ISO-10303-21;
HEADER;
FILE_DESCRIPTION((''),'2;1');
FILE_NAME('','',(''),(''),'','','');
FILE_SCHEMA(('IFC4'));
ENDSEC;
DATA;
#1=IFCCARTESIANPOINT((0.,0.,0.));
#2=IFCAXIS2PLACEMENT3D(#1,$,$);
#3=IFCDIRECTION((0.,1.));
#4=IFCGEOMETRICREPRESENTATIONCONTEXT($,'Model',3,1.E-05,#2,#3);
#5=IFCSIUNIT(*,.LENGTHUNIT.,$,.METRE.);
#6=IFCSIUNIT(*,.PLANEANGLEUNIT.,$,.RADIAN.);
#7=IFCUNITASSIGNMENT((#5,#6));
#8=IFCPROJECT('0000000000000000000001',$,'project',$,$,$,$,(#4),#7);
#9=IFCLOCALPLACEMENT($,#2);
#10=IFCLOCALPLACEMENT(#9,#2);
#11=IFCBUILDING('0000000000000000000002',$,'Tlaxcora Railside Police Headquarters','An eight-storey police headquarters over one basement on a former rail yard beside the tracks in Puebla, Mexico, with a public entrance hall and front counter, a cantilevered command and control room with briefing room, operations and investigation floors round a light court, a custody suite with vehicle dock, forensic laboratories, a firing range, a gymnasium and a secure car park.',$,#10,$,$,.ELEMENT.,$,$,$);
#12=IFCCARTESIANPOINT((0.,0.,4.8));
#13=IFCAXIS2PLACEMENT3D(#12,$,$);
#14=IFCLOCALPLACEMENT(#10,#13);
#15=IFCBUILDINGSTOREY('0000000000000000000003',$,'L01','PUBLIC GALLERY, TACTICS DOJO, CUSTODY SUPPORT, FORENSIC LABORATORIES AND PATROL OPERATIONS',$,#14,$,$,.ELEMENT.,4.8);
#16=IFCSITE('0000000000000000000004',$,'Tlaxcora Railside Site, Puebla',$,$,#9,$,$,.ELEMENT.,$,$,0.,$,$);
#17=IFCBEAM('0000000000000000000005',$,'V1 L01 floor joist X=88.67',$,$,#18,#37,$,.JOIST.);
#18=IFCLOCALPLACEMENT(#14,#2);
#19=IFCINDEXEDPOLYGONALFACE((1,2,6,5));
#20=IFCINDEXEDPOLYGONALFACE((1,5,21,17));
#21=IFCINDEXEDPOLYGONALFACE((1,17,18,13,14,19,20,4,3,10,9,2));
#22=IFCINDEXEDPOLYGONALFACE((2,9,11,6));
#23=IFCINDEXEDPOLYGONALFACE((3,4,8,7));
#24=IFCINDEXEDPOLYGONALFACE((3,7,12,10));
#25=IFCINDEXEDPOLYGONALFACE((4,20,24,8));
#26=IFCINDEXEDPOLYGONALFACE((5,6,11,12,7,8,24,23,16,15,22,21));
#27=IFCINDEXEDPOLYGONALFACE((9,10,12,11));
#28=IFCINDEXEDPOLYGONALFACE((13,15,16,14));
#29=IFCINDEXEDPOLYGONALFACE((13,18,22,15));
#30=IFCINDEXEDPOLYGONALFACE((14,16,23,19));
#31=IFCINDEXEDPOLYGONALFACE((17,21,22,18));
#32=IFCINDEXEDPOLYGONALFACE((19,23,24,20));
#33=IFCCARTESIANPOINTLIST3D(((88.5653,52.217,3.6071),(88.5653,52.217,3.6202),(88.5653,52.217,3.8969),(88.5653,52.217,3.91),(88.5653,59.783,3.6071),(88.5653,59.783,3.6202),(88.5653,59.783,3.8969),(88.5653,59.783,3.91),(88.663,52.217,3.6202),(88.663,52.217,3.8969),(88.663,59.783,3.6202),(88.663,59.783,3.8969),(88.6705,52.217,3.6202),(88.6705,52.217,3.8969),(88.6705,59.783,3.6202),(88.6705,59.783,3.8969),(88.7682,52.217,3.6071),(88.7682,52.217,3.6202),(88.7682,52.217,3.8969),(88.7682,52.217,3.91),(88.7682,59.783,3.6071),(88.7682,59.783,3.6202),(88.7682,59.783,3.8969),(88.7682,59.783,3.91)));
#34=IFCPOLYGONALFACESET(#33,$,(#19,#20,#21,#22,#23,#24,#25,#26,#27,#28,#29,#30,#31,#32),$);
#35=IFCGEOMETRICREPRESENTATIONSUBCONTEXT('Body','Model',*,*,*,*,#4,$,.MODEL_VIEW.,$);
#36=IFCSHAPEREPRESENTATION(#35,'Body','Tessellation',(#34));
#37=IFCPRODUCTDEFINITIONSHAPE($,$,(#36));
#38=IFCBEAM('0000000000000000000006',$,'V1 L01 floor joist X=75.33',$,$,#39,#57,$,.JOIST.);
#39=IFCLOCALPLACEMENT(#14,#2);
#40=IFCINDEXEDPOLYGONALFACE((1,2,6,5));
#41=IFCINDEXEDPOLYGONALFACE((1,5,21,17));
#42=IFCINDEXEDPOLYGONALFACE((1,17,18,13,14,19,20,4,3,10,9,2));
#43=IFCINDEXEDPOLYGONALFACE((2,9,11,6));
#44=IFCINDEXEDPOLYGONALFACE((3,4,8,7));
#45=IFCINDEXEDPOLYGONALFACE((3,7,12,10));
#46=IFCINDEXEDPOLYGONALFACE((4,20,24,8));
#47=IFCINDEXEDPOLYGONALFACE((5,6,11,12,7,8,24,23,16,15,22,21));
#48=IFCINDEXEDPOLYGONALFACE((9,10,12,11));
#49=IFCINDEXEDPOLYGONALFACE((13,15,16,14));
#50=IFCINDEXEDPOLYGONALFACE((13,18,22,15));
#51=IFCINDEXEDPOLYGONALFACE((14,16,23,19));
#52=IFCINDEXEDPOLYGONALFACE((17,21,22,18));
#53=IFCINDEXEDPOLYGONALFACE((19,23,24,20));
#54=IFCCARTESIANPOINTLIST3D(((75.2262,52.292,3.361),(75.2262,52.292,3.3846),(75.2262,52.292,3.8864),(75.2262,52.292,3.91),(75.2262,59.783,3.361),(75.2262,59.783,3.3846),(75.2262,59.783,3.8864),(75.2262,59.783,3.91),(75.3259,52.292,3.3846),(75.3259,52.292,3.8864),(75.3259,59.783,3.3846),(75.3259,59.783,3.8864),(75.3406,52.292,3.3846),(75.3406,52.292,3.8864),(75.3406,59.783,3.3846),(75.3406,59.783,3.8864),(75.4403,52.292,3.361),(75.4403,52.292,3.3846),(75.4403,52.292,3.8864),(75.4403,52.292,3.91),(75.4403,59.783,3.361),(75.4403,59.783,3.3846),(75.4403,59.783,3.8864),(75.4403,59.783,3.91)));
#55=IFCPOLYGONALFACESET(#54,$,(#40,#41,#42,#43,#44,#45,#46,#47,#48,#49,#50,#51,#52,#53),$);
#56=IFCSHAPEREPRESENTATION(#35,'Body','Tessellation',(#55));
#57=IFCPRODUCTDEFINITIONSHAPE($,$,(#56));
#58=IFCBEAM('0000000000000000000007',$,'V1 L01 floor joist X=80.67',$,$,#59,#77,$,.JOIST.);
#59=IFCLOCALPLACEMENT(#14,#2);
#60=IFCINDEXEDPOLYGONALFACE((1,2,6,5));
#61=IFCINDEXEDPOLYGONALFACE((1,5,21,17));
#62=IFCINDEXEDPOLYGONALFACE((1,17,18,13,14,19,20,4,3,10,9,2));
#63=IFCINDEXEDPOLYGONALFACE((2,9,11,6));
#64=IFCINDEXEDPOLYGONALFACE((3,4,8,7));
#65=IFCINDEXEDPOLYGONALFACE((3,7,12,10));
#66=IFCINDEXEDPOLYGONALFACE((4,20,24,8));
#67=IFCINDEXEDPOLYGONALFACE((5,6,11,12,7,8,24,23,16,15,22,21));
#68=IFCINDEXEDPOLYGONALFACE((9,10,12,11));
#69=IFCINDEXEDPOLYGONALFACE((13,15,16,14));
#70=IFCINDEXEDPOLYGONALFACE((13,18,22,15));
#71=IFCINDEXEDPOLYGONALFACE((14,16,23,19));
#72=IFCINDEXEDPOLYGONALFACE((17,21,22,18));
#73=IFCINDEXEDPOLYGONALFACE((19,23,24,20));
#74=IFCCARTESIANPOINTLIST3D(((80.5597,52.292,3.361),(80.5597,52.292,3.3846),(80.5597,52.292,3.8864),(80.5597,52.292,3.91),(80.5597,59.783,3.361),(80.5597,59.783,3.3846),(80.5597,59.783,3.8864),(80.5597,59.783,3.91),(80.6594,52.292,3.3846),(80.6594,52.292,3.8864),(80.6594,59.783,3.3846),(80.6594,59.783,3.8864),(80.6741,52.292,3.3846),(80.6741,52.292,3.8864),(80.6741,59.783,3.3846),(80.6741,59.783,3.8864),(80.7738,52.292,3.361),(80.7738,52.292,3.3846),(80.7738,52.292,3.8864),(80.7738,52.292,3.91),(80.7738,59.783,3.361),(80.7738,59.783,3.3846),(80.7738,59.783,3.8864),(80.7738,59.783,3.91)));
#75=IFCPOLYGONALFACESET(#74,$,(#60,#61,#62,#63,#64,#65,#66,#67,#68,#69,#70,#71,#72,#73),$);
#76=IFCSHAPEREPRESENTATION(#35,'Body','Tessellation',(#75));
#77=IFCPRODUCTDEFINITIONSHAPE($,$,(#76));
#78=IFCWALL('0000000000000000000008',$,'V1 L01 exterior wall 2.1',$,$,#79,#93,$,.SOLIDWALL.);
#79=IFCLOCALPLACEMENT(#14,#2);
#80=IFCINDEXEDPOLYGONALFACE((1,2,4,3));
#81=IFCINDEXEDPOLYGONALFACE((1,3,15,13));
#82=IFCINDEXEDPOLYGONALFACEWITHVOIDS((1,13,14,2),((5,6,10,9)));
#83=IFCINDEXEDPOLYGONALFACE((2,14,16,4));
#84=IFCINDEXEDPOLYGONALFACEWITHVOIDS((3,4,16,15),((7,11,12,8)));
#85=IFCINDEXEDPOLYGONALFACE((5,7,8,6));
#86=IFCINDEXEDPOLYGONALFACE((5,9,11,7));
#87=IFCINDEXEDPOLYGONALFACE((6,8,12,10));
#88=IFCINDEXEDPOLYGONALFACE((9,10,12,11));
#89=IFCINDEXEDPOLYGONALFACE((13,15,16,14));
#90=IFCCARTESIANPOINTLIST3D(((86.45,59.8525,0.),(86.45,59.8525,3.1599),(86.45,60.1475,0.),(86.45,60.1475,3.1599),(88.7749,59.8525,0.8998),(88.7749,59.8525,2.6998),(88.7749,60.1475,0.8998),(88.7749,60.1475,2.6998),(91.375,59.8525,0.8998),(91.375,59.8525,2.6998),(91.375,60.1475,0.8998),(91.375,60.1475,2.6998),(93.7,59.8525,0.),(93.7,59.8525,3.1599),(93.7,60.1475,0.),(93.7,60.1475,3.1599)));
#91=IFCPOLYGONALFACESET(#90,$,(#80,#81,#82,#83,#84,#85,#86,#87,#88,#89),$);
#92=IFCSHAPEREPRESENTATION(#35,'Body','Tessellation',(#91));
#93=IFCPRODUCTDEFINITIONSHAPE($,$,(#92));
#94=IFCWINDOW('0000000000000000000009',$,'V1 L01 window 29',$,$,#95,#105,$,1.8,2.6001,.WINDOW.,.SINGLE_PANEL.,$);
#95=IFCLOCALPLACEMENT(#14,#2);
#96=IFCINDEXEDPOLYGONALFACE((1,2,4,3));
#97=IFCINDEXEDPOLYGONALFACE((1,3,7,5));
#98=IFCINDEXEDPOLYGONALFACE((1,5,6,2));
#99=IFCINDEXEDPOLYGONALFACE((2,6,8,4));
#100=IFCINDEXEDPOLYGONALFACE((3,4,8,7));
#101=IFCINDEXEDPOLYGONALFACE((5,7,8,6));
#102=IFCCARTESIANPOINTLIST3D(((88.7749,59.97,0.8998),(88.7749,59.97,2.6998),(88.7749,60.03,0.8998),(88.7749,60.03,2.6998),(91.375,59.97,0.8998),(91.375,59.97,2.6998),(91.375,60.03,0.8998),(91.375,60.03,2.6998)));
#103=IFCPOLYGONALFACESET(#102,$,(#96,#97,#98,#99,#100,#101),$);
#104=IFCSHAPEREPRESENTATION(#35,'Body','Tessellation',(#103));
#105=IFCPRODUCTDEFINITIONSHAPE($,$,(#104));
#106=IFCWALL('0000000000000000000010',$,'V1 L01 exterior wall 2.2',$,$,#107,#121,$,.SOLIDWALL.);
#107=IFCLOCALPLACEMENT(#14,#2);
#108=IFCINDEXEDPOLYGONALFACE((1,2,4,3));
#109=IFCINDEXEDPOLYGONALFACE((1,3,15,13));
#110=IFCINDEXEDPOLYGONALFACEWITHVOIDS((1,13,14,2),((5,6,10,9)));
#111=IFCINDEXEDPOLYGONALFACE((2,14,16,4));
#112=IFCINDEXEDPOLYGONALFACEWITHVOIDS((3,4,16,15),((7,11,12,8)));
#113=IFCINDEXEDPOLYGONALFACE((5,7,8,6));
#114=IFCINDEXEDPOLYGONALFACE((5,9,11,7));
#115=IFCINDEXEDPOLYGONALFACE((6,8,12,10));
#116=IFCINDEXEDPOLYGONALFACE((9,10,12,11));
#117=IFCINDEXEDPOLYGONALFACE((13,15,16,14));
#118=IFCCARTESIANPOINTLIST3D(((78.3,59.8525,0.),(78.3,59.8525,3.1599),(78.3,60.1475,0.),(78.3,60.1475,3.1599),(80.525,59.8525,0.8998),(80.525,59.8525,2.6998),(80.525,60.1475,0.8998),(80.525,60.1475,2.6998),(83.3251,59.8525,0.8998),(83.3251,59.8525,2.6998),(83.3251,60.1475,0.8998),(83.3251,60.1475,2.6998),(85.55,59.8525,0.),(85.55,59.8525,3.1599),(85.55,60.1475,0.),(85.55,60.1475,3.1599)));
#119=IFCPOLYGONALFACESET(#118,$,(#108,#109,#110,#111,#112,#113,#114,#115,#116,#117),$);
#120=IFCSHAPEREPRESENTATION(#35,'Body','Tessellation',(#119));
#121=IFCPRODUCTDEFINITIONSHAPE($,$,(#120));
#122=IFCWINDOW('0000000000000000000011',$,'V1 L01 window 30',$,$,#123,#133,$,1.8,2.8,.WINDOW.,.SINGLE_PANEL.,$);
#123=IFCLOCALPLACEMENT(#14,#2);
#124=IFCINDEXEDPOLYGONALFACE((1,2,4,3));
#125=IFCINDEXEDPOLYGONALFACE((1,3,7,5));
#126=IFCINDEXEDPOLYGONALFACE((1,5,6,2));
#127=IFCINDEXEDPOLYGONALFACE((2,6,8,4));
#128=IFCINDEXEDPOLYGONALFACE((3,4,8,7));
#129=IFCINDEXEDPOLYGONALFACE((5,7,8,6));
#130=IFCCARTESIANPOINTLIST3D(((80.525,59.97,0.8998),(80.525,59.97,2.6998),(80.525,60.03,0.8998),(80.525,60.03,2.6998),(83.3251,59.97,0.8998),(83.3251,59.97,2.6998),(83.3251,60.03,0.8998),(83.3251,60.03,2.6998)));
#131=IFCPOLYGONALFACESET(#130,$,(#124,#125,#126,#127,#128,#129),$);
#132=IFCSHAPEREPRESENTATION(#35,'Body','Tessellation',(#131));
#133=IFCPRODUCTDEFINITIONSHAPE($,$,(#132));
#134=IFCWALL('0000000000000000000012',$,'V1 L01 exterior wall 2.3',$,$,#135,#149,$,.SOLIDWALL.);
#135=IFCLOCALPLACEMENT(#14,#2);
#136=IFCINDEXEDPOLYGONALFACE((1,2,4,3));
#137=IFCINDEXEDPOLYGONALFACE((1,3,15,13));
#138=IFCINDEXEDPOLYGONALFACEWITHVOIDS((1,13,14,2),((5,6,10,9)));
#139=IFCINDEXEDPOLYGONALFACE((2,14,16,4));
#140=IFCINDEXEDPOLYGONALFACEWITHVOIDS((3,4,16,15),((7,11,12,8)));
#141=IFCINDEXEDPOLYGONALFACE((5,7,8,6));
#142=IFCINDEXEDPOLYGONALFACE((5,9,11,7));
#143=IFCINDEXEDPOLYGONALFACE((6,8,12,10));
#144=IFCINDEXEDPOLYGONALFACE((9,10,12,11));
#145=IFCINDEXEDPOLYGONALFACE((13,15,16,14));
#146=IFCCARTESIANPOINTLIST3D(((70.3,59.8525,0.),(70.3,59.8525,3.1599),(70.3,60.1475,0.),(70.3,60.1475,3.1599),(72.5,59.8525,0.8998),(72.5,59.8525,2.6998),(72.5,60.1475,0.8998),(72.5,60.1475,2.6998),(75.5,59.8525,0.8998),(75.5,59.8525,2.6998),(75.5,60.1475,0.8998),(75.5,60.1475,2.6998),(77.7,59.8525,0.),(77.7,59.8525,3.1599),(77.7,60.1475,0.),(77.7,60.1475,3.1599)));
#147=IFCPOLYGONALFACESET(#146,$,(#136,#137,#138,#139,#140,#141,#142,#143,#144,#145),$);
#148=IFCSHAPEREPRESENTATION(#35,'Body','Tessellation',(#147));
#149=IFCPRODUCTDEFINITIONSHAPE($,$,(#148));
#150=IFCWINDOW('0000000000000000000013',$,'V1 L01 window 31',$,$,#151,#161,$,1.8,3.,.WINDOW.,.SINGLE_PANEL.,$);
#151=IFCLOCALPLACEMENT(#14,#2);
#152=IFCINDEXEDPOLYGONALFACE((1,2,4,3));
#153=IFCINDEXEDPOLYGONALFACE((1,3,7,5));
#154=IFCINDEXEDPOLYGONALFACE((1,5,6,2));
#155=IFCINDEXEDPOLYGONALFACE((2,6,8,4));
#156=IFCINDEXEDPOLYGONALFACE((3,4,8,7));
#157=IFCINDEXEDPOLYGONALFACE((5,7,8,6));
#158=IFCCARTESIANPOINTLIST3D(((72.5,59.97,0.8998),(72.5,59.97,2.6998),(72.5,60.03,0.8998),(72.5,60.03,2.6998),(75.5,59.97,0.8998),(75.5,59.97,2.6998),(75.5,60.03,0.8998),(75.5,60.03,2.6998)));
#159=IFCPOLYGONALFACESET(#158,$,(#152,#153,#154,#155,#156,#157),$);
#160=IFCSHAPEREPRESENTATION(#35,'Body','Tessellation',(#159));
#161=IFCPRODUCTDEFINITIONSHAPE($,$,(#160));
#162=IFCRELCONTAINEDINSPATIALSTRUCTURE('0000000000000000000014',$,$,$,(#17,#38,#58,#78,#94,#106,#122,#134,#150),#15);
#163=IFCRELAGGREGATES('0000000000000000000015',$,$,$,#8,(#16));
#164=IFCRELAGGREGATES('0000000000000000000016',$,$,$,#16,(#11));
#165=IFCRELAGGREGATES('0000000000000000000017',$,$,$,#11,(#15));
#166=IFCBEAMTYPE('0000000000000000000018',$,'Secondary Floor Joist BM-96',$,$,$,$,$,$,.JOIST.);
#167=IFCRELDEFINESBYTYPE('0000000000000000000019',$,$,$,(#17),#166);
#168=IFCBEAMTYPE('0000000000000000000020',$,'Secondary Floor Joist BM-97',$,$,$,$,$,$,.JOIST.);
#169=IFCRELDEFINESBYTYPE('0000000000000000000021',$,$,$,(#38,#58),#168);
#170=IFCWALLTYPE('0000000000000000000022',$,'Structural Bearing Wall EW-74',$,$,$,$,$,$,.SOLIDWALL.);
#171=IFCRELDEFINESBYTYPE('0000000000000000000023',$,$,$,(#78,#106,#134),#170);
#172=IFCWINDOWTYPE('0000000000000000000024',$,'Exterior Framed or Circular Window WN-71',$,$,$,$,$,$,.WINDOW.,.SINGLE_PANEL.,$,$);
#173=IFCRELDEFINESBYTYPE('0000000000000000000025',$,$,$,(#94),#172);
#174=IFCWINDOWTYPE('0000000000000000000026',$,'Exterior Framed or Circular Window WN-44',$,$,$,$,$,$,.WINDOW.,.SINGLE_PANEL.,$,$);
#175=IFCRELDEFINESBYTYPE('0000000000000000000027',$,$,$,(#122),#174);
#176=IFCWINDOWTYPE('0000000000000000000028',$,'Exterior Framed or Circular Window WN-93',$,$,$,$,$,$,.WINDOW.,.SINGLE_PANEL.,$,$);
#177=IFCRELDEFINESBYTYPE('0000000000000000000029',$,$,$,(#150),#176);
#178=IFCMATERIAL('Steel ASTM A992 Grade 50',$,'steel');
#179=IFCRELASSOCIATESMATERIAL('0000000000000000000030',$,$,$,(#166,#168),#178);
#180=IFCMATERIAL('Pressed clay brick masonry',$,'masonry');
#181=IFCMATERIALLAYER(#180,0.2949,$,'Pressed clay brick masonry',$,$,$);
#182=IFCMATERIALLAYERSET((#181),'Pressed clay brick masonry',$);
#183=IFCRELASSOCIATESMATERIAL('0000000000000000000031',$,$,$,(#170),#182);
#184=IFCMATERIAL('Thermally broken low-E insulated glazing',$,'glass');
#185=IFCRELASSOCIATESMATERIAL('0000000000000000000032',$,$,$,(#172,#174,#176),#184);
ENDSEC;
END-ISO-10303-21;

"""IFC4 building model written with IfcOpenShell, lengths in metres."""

from ifc_helpers import new_model, si_unit, direction, frame, frame_2d, origin, origin_2d, place, context, subcontext, project, spatial, rectangle, i_section, extrude, material, layer, layer_set, material_profile, profile_set, type_object, element, fill, save


model = new_model("IFC4")

# Units and contexts
model_context = context("Model", 3, precision=1e-05, world=origin(), true_north=direction((0.0, 1.0)))
body_context = subcontext(model_context, "Body", "Model", "MODEL_VIEW")
ifc_project = project(units=[si_unit("LENGTHUNIT", "METRE"), si_unit("PLANEANGLEUNIT", "RADIAN")], contexts=[model_context])

# Site, building, storey
site_placement = place(None, origin())
site = spatial("IfcSite", under=ifc_project, at=site_placement, Name="Tlaxcora Railside Site, Puebla", CompositionType="ELEMENT", RefElevation=0.0)
building_placement = place(site_placement, origin())
building = spatial("IfcBuilding", under=site, at=building_placement, Name="Tlaxcora Railside Police Headquarters", Description="An eight-storey police headquarters over one basement on a former rail yard beside the tracks in Puebla, Mexico, with a public entrance hall and front counter, a cantilevered command and control room with briefing room, operations and investigation floors round a light court, a custody suite with vehicle dock, forensic laboratories, a firing range, a gymnasium and a secure car park.", CompositionType="ELEMENT")
storey_placement = place(building_placement, frame((0.0, 0.0, 4.8)))
storey = spatial("IfcBuildingStorey", under=building, at=storey_placement, Name="L01", Description="PUBLIC GALLERY, TACTICS DOJO, CUSTODY SUPPORT, FORENSIC LABORATORIES AND PATROL OPERATIONS", CompositionType="ELEMENT", Elevation=4.8)

# Beams
ifc_material_1 = material(Name="Steel ASTM A992 Grade 50", Category="steel")
ifc_material_profile_1 = material_profile(ifc_material_1, i_section(OverallWidth=0.2029, OverallDepth=0.303, WebThickness=0.0076, FlangeThickness=0.0132, at=origin_2d()), Name="W12X40")
ifc_profile_set_1 = profile_set([ifc_material_profile_1], Name="Steel ASTM A992 Grade 50")
beam_type_1 = type_object("IfcBeamType", Name="Secondary Floor Joist BM-96", PredefinedType="JOIST", material=ifc_profile_set_1)
beam_1_placement = place(storey_placement, frame((88.6667, 52.217, 3.7585), z_axis=(0.0, 1.0, 0.0), x_axis=(-1.0, 0.0, 0.0)))
element("IfcBeam", 1, at=beam_1_placement, inside=storey, type_object=beam_type_1, Name="V1 L01 floor joist X=88.67", PredefinedType="JOIST", context=body_context, shape_type="SweptSolid", body=[
    extrude(i_section(OverallWidth=0.2029, OverallDepth=0.303, WebThickness=0.0076, FlangeThickness=0.0132, at=origin_2d()), origin(), (0.0, 0.0, 1.0), 7.5659),
])
ifc_material_profile_2 = material_profile(ifc_material_1, i_section(OverallWidth=0.2141, OverallDepth=0.5491, WebThickness=0.0146, FlangeThickness=0.0237, at=origin_2d()), Name="W21X93")
ifc_profile_set_2 = profile_set([ifc_material_profile_2], Name="Steel ASTM A992 Grade 50")
beam_type_2 = type_object("IfcBeamType", Name="Secondary Floor Joist BM-97", PredefinedType="JOIST", material=ifc_profile_set_2)
for number, where, z_axis, x_axis, name in (
    (2, (75.3333, 52.292, 3.6355), (0.0, 1.0, 0.0), (-1.0, 0.0, 0.0), "V1 L01 floor joist X=75.33"),
    (3, (80.6667, 52.292, 3.6355), (0.0, 1.0, 0.0), (-1.0, 0.0, 0.0), "V1 L01 floor joist X=80.67"),
):
    element("IfcBeam", number, at=place(storey_placement, frame(where, z_axis=z_axis, x_axis=x_axis)), inside=storey, type_object=beam_type_2, Name=name, PredefinedType="JOIST", context=body_context, shape_type="SweptSolid", body=[
        extrude(i_section(OverallWidth=0.2141, OverallDepth=0.5491, WebThickness=0.0146, FlangeThickness=0.0237, at=origin_2d()), origin(), (0.0, 0.0, 1.0), 7.491),
    ])

# Walls, openings, windows
ifc_material_2 = material(Name="Pressed clay brick masonry", Category="masonry")
ifc_layer_1 = layer(ifc_material_2, 0.2949, Name="Pressed clay brick masonry")
ifc_layer_set_1 = layer_set([ifc_layer_1], Name="Pressed clay brick masonry")
wall_type = type_object("IfcWallType", Name="Structural Bearing Wall EW-74", PredefinedType="SOLIDWALL", material=ifc_layer_set_1)
wall_1_placement = place(storey_placement, frame((93.7, 60.0, 0.0), z_axis=(0.0, 0.0, 1.0), x_axis=(-1.0, 0.0, 0.0)))
wall_1 = element("IfcWall", 4, at=wall_1_placement, inside=storey, type_object=wall_type, Name="V1 L01 exterior wall 2.1", PredefinedType="SOLIDWALL", context=body_context, shape_type="SweptSolid", body=[
    extrude(rectangle(XDim=7.25, YDim=0.2949, at=frame_2d((3.625, 0.0))), origin(), (0.0, 0.0, 1.0), 3.1599),
])
opening_1_placement = place(wall_1_placement, frame((2.325, 0.0, 0.8999)))
opening_1 = element("IfcOpeningElement", 5, at=opening_1_placement, cuts=wall_1, PredefinedType="OPENING", context=body_context, shape_type="SweptSolid", body=[
    extrude(rectangle(XDim=2.6001, YDim=1.8, at=frame_2d((1.3, 0.8999))), frame((0.0, 0.1575, 0.0), z_axis=(0.0, -1.0, 0.0), x_axis=(1.0, 0.0, 0.0)), (0.0, 0.0, 1.0), 0.3149),
])
ifc_material_3 = material(Name="Thermally broken low-E insulated glazing", Category="glass")
window_type_1 = type_object("IfcWindowType", Name="Exterior Framed or Circular Window WN-71", PartitioningType="SINGLE_PANEL", PredefinedType="WINDOW", material=ifc_material_3)
window_1_placement = place(opening_1_placement, origin())
window_1 = element("IfcWindow", 6, at=window_1_placement, inside=storey, type_object=window_type_1, Name="V1 L01 window 29", OverallHeight=1.8, OverallWidth=2.6001, PartitioningType="SINGLE_PANEL", PredefinedType="WINDOW", context=body_context, shape_type="SweptSolid", body=[
    extrude(rectangle(XDim=2.6001, YDim=1.8, at=frame_2d((1.3, 0.8999))), frame((0.0, 0.03, 0.0), z_axis=(0.0, -1.0, 0.0), x_axis=(1.0, 0.0, 0.0)), (0.0, 0.0, 1.0), 0.0601),
])
fill(opening_1, window_1)
wall_2_placement = place(storey_placement, frame((85.55, 60.0, 0.0), z_axis=(0.0, 0.0, 1.0), x_axis=(-1.0, 0.0, 0.0)))
wall_2 = element("IfcWall", 7, at=wall_2_placement, inside=storey, type_object=wall_type, Name="V1 L01 exterior wall 2.2", PredefinedType="SOLIDWALL", context=body_context, shape_type="SweptSolid", body=[
    extrude(rectangle(XDim=7.25, YDim=0.2949, at=frame_2d((3.625, 0.0))), origin(), (0.0, 0.0, 1.0), 3.1599),
])
opening_2_placement = place(wall_2_placement, frame((2.2251, 0.0, 0.8999)))
opening_2 = element("IfcOpeningElement", 8, at=opening_2_placement, cuts=wall_2, PredefinedType="OPENING", context=body_context, shape_type="SweptSolid", body=[
    extrude(rectangle(XDim=2.8, YDim=1.8, at=frame_2d((1.3999, 0.8999))), frame((0.0, 0.1575, 0.0), z_axis=(0.0, -1.0, 0.0), x_axis=(1.0, 0.0, 0.0)), (0.0, 0.0, 1.0), 0.3149),
])
window_type_2 = type_object("IfcWindowType", Name="Exterior Framed or Circular Window WN-44", PartitioningType="SINGLE_PANEL", PredefinedType="WINDOW", material=ifc_material_3)
window_2_placement = place(opening_2_placement, origin())
window_2 = element("IfcWindow", 9, at=window_2_placement, inside=storey, type_object=window_type_2, Name="V1 L01 window 30", OverallHeight=1.8, OverallWidth=2.8, PartitioningType="SINGLE_PANEL", PredefinedType="WINDOW", context=body_context, shape_type="SweptSolid", body=[
    extrude(rectangle(XDim=2.8, YDim=1.8, at=frame_2d((1.3999, 0.8999))), frame((0.0, 0.03, 0.0), z_axis=(0.0, -1.0, 0.0), x_axis=(1.0, 0.0, 0.0)), (0.0, 0.0, 1.0), 0.0601),
])
fill(opening_2, window_2)
wall_3_placement = place(storey_placement, frame((77.7, 60.0, 0.0), z_axis=(0.0, 0.0, 1.0), x_axis=(-1.0, 0.0, 0.0)))
wall_3 = element("IfcWall", 10, at=wall_3_placement, inside=storey, type_object=wall_type, Name="V1 L01 exterior wall 2.3", PredefinedType="SOLIDWALL", context=body_context, shape_type="SweptSolid", body=[
    extrude(rectangle(XDim=7.3999, YDim=0.2949, at=frame_2d((3.7, 0.0))), origin(), (0.0, 0.0, 1.0), 3.1599),
])
opening_3_placement = place(wall_3_placement, frame((2.2, 0.0, 0.8999)))
opening_3 = element("IfcOpeningElement", 11, at=opening_3_placement, cuts=wall_3, PredefinedType="OPENING", context=body_context, shape_type="SweptSolid", body=[
    extrude(rectangle(XDim=3.0, YDim=1.8, at=frame_2d((1.5, 0.8999))), frame((0.0, 0.1575, 0.0), z_axis=(0.0, -1.0, 0.0), x_axis=(1.0, 0.0, 0.0)), (0.0, 0.0, 1.0), 0.3149),
])
window_type_3 = type_object("IfcWindowType", Name="Exterior Framed or Circular Window WN-93", PartitioningType="SINGLE_PANEL", PredefinedType="WINDOW", material=ifc_material_3)
window_3_placement = place(opening_3_placement, origin())
window_3 = element("IfcWindow", 12, at=window_3_placement, inside=storey, type_object=window_type_3, Name="V1 L01 window 31", OverallHeight=1.8, OverallWidth=3.0, PartitioningType="SINGLE_PANEL", PredefinedType="WINDOW", context=body_context, shape_type="SweptSolid", body=[
    extrude(rectangle(XDim=3.0, YDim=1.8, at=frame_2d((1.5, 0.8999))), frame((0.0, 0.03, 0.0), z_axis=(0.0, -1.0, 0.0), x_axis=(1.0, 0.0, 0.0)), (0.0, 0.0, 1.0), 0.0601),
])
fill(opening_3, window_3)

save(model, "model.ifc")
